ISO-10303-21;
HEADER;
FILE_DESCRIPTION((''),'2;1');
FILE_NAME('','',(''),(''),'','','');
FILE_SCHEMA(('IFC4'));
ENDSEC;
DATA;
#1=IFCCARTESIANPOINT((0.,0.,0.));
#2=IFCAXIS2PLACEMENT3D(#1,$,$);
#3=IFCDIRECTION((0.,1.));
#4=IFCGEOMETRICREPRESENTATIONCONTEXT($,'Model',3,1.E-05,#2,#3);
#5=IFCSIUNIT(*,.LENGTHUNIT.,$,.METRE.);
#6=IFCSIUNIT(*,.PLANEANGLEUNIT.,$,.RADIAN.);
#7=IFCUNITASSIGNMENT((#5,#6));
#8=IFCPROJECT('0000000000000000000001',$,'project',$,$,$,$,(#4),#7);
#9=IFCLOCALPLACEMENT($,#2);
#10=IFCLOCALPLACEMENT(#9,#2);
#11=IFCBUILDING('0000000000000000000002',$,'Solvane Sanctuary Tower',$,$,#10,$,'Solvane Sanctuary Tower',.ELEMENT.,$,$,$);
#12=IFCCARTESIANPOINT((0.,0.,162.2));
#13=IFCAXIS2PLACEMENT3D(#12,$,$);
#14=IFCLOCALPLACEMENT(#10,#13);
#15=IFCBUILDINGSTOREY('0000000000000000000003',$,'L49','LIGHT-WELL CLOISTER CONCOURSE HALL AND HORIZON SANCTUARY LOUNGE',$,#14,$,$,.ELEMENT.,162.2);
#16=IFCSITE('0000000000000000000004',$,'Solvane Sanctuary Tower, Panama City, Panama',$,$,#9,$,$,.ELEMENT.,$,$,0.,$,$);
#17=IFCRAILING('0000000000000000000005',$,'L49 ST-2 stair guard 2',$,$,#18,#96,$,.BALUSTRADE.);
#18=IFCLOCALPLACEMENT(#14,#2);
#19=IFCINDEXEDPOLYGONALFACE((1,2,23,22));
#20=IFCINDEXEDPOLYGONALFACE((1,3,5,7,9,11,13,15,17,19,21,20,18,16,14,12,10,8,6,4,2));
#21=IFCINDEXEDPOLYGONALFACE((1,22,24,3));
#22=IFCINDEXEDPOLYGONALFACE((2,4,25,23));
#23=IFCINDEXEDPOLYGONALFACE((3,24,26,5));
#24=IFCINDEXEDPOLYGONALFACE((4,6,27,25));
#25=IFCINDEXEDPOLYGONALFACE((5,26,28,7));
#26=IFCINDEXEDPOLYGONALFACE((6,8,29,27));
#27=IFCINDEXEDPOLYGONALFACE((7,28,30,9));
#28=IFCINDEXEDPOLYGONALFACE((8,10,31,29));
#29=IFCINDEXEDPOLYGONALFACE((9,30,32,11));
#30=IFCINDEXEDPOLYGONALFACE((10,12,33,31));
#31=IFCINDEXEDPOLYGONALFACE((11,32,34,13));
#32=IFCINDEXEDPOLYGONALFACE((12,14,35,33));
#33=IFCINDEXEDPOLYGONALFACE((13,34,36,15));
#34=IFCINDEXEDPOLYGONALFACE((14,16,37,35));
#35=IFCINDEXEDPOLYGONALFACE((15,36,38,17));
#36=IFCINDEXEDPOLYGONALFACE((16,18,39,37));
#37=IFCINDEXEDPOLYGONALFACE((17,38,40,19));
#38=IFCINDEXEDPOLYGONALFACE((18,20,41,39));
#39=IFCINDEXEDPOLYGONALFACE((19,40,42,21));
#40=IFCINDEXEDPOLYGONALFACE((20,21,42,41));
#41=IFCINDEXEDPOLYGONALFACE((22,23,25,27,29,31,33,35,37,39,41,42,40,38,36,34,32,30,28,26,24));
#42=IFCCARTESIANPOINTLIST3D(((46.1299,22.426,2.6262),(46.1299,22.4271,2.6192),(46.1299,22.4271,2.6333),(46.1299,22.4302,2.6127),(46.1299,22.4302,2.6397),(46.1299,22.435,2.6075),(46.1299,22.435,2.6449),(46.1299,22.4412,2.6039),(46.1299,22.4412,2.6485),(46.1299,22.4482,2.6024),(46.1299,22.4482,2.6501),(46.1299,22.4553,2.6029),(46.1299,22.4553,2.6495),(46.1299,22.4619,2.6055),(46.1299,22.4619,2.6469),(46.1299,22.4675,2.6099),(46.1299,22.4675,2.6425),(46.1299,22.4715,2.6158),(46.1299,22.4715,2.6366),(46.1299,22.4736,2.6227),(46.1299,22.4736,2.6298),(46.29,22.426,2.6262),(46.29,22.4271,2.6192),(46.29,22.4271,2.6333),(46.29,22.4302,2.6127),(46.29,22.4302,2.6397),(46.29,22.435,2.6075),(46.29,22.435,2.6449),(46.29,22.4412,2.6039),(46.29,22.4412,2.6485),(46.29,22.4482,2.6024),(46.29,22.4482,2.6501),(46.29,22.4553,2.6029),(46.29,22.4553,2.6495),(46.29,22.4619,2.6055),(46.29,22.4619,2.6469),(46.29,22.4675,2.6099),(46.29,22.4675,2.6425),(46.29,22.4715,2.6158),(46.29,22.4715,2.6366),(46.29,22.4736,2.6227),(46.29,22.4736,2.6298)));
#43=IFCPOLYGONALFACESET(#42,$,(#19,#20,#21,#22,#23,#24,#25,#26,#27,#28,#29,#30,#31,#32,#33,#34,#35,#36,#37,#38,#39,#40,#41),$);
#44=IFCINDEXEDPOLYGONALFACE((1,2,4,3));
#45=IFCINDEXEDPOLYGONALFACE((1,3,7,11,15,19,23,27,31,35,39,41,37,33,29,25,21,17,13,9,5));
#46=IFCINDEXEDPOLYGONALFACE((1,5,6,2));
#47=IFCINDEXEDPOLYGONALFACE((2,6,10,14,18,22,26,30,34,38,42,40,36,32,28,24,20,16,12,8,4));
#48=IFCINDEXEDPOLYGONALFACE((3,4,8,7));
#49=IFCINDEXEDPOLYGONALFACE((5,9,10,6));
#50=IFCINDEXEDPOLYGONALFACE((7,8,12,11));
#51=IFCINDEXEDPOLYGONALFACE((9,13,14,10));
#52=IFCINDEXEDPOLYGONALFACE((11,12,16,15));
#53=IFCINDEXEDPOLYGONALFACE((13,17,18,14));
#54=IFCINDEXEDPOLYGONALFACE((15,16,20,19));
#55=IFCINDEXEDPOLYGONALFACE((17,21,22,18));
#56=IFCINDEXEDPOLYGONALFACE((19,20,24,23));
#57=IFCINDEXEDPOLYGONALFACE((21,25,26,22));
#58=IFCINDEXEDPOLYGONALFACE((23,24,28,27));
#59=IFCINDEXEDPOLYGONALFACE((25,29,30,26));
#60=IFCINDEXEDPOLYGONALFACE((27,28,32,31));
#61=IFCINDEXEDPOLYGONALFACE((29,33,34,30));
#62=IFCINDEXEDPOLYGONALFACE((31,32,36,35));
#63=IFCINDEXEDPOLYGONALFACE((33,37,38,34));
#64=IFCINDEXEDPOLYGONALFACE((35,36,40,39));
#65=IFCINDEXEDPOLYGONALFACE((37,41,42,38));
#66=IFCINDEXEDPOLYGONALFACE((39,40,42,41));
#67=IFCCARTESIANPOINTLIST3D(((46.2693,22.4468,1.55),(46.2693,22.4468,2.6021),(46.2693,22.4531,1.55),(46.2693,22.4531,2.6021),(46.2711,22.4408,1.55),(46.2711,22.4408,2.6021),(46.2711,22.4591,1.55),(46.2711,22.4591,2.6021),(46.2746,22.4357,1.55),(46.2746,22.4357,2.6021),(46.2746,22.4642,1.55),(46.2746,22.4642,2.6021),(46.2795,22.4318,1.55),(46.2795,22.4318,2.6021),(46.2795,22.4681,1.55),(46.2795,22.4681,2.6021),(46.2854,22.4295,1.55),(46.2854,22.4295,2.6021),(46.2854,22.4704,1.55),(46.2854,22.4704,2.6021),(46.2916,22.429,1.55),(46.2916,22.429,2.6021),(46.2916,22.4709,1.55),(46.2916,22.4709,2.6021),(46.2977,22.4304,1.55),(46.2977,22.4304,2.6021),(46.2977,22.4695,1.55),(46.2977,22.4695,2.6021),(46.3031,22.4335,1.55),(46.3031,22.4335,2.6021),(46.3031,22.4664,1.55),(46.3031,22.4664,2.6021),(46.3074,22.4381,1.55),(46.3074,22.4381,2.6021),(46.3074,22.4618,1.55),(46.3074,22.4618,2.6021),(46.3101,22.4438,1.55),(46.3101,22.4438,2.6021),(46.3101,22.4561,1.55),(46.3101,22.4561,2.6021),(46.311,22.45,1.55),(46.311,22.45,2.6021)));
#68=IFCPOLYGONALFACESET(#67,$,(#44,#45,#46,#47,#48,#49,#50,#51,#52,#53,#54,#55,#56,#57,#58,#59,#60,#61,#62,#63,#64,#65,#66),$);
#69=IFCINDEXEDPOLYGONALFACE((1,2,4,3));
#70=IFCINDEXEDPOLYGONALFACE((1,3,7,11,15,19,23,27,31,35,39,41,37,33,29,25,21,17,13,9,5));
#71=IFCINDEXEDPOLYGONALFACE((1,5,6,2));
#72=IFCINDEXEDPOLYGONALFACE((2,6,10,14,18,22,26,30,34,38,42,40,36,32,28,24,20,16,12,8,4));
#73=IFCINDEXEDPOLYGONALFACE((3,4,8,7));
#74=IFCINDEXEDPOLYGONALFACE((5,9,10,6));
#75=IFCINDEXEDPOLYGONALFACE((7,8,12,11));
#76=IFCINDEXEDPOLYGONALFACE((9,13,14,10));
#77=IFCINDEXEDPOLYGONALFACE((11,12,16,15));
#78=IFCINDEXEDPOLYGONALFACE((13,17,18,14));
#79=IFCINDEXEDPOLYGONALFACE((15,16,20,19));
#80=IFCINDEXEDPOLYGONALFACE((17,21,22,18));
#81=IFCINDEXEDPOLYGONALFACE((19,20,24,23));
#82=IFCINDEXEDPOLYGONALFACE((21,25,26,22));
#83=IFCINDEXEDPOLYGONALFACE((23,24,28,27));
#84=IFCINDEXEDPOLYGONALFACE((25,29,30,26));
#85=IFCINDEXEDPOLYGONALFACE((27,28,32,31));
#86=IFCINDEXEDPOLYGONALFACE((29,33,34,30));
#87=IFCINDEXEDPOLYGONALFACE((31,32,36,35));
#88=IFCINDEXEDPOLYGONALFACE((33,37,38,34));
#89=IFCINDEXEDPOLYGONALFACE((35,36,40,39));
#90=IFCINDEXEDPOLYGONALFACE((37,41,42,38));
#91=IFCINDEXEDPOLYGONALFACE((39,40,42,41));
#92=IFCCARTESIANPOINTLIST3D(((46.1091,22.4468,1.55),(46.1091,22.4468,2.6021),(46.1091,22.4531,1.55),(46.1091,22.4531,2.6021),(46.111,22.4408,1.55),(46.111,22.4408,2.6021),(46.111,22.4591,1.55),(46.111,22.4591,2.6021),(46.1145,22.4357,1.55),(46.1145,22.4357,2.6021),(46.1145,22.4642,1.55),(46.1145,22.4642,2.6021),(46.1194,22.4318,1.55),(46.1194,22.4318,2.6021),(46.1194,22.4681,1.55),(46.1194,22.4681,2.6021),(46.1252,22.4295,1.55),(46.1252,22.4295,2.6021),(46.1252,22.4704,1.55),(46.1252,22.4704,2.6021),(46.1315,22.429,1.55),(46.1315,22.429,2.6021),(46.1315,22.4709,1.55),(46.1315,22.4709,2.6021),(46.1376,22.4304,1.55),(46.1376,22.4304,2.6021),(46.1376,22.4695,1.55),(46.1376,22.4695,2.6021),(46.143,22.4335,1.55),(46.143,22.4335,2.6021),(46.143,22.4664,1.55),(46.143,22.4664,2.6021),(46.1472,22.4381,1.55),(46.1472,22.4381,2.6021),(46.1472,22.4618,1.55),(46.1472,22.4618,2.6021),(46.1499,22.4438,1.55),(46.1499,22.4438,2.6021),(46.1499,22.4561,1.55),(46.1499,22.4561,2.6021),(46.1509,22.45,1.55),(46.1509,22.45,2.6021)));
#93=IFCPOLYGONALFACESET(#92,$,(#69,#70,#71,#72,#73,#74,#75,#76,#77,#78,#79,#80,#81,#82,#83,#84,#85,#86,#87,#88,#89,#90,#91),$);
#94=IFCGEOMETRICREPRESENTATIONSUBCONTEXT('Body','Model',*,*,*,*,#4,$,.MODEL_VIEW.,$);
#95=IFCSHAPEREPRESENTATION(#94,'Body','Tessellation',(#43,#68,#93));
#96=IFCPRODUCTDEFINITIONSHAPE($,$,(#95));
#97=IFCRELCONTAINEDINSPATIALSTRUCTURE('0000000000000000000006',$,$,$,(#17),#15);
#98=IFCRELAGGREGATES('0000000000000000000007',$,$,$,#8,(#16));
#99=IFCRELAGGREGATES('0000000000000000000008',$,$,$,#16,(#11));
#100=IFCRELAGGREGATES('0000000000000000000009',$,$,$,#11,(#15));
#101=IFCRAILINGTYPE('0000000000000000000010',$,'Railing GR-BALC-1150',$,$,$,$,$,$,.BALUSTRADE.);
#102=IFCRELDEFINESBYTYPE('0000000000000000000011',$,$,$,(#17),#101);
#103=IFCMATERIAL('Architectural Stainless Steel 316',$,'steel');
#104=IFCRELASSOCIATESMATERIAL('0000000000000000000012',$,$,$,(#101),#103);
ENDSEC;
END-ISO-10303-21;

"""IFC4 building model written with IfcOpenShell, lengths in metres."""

from ifc_helpers import new_model, si_unit, direction, frame, origin, origin_2d, place, context, subcontext, project, spatial, circle, extrude, material, type_object, element, save


model = new_model("IFC4")

# Units and contexts
model_context = context("Model", 3, precision=1e-05, world=origin(), true_north=direction((0.0, 1.0)))
body_context = subcontext(model_context, "Body", "Model", "MODEL_VIEW")
ifc_project = project(units=[si_unit("LENGTHUNIT", "METRE"), si_unit("PLANEANGLEUNIT", "RADIAN")], contexts=[model_context])

# Site, building, storey
site_placement = place(None, origin())
site = spatial("IfcSite", under=ifc_project, at=site_placement, Name="Solvane Sanctuary Tower, Panama City, Panama", CompositionType="ELEMENT", RefElevation=0.0)
building_placement = place(site_placement, origin())
building = spatial("IfcBuilding", under=site, at=building_placement, Name="Solvane Sanctuary Tower", LongName="Solvane Sanctuary Tower", CompositionType="ELEMENT")
storey_placement = place(building_placement, frame((0.0, 0.0, 162.2)))
storey = spatial("IfcBuildingStorey", under=building, at=storey_placement, Name="L49", Description="LIGHT-WELL CLOISTER CONCOURSE HALL AND HORIZON SANCTUARY LOUNGE", CompositionType="ELEMENT", Elevation=162.2)

# Shared definitions
ifc_material_1 = material(Name="Architectural Stainless Steel 316", Category="steel")

# Railing
railing_type_1 = type_object("IfcRailingType", Name="Railing GR-BALC-1150", PredefinedType="BALUSTRADE", material=ifc_material_1)
railing_1_placement = place(storey_placement, frame((46.29, 22.45, 1.55)))
element("IfcRailing", 1, at=railing_1_placement, inside=storey, type_object=railing_type_1, Name="L49 ST-2 stair guard 2", PredefinedType="BALUSTRADE", context=body_context, shape_type="SweptSolid", body=[
    extrude(circle(Radius=0.0239, at=origin_2d()), frame((0.0, 0.0, 1.0762), z_axis=(-1.0, 0.0, 0.0), x_axis=(0.0, -1.0, 0.0)), (0.0, 0.0, 1.0), 0.1602),
    extrude(circle(Radius=0.021, at=origin_2d()), origin(), (0.0, 0.0, 1.0), 1.052),
    extrude(circle(Radius=0.021, at=origin_2d()), frame((-0.1602, 0.0, 0.0)), (0.0, 0.0, 1.0), 1.052),
])

save(model, "model.ifc")
